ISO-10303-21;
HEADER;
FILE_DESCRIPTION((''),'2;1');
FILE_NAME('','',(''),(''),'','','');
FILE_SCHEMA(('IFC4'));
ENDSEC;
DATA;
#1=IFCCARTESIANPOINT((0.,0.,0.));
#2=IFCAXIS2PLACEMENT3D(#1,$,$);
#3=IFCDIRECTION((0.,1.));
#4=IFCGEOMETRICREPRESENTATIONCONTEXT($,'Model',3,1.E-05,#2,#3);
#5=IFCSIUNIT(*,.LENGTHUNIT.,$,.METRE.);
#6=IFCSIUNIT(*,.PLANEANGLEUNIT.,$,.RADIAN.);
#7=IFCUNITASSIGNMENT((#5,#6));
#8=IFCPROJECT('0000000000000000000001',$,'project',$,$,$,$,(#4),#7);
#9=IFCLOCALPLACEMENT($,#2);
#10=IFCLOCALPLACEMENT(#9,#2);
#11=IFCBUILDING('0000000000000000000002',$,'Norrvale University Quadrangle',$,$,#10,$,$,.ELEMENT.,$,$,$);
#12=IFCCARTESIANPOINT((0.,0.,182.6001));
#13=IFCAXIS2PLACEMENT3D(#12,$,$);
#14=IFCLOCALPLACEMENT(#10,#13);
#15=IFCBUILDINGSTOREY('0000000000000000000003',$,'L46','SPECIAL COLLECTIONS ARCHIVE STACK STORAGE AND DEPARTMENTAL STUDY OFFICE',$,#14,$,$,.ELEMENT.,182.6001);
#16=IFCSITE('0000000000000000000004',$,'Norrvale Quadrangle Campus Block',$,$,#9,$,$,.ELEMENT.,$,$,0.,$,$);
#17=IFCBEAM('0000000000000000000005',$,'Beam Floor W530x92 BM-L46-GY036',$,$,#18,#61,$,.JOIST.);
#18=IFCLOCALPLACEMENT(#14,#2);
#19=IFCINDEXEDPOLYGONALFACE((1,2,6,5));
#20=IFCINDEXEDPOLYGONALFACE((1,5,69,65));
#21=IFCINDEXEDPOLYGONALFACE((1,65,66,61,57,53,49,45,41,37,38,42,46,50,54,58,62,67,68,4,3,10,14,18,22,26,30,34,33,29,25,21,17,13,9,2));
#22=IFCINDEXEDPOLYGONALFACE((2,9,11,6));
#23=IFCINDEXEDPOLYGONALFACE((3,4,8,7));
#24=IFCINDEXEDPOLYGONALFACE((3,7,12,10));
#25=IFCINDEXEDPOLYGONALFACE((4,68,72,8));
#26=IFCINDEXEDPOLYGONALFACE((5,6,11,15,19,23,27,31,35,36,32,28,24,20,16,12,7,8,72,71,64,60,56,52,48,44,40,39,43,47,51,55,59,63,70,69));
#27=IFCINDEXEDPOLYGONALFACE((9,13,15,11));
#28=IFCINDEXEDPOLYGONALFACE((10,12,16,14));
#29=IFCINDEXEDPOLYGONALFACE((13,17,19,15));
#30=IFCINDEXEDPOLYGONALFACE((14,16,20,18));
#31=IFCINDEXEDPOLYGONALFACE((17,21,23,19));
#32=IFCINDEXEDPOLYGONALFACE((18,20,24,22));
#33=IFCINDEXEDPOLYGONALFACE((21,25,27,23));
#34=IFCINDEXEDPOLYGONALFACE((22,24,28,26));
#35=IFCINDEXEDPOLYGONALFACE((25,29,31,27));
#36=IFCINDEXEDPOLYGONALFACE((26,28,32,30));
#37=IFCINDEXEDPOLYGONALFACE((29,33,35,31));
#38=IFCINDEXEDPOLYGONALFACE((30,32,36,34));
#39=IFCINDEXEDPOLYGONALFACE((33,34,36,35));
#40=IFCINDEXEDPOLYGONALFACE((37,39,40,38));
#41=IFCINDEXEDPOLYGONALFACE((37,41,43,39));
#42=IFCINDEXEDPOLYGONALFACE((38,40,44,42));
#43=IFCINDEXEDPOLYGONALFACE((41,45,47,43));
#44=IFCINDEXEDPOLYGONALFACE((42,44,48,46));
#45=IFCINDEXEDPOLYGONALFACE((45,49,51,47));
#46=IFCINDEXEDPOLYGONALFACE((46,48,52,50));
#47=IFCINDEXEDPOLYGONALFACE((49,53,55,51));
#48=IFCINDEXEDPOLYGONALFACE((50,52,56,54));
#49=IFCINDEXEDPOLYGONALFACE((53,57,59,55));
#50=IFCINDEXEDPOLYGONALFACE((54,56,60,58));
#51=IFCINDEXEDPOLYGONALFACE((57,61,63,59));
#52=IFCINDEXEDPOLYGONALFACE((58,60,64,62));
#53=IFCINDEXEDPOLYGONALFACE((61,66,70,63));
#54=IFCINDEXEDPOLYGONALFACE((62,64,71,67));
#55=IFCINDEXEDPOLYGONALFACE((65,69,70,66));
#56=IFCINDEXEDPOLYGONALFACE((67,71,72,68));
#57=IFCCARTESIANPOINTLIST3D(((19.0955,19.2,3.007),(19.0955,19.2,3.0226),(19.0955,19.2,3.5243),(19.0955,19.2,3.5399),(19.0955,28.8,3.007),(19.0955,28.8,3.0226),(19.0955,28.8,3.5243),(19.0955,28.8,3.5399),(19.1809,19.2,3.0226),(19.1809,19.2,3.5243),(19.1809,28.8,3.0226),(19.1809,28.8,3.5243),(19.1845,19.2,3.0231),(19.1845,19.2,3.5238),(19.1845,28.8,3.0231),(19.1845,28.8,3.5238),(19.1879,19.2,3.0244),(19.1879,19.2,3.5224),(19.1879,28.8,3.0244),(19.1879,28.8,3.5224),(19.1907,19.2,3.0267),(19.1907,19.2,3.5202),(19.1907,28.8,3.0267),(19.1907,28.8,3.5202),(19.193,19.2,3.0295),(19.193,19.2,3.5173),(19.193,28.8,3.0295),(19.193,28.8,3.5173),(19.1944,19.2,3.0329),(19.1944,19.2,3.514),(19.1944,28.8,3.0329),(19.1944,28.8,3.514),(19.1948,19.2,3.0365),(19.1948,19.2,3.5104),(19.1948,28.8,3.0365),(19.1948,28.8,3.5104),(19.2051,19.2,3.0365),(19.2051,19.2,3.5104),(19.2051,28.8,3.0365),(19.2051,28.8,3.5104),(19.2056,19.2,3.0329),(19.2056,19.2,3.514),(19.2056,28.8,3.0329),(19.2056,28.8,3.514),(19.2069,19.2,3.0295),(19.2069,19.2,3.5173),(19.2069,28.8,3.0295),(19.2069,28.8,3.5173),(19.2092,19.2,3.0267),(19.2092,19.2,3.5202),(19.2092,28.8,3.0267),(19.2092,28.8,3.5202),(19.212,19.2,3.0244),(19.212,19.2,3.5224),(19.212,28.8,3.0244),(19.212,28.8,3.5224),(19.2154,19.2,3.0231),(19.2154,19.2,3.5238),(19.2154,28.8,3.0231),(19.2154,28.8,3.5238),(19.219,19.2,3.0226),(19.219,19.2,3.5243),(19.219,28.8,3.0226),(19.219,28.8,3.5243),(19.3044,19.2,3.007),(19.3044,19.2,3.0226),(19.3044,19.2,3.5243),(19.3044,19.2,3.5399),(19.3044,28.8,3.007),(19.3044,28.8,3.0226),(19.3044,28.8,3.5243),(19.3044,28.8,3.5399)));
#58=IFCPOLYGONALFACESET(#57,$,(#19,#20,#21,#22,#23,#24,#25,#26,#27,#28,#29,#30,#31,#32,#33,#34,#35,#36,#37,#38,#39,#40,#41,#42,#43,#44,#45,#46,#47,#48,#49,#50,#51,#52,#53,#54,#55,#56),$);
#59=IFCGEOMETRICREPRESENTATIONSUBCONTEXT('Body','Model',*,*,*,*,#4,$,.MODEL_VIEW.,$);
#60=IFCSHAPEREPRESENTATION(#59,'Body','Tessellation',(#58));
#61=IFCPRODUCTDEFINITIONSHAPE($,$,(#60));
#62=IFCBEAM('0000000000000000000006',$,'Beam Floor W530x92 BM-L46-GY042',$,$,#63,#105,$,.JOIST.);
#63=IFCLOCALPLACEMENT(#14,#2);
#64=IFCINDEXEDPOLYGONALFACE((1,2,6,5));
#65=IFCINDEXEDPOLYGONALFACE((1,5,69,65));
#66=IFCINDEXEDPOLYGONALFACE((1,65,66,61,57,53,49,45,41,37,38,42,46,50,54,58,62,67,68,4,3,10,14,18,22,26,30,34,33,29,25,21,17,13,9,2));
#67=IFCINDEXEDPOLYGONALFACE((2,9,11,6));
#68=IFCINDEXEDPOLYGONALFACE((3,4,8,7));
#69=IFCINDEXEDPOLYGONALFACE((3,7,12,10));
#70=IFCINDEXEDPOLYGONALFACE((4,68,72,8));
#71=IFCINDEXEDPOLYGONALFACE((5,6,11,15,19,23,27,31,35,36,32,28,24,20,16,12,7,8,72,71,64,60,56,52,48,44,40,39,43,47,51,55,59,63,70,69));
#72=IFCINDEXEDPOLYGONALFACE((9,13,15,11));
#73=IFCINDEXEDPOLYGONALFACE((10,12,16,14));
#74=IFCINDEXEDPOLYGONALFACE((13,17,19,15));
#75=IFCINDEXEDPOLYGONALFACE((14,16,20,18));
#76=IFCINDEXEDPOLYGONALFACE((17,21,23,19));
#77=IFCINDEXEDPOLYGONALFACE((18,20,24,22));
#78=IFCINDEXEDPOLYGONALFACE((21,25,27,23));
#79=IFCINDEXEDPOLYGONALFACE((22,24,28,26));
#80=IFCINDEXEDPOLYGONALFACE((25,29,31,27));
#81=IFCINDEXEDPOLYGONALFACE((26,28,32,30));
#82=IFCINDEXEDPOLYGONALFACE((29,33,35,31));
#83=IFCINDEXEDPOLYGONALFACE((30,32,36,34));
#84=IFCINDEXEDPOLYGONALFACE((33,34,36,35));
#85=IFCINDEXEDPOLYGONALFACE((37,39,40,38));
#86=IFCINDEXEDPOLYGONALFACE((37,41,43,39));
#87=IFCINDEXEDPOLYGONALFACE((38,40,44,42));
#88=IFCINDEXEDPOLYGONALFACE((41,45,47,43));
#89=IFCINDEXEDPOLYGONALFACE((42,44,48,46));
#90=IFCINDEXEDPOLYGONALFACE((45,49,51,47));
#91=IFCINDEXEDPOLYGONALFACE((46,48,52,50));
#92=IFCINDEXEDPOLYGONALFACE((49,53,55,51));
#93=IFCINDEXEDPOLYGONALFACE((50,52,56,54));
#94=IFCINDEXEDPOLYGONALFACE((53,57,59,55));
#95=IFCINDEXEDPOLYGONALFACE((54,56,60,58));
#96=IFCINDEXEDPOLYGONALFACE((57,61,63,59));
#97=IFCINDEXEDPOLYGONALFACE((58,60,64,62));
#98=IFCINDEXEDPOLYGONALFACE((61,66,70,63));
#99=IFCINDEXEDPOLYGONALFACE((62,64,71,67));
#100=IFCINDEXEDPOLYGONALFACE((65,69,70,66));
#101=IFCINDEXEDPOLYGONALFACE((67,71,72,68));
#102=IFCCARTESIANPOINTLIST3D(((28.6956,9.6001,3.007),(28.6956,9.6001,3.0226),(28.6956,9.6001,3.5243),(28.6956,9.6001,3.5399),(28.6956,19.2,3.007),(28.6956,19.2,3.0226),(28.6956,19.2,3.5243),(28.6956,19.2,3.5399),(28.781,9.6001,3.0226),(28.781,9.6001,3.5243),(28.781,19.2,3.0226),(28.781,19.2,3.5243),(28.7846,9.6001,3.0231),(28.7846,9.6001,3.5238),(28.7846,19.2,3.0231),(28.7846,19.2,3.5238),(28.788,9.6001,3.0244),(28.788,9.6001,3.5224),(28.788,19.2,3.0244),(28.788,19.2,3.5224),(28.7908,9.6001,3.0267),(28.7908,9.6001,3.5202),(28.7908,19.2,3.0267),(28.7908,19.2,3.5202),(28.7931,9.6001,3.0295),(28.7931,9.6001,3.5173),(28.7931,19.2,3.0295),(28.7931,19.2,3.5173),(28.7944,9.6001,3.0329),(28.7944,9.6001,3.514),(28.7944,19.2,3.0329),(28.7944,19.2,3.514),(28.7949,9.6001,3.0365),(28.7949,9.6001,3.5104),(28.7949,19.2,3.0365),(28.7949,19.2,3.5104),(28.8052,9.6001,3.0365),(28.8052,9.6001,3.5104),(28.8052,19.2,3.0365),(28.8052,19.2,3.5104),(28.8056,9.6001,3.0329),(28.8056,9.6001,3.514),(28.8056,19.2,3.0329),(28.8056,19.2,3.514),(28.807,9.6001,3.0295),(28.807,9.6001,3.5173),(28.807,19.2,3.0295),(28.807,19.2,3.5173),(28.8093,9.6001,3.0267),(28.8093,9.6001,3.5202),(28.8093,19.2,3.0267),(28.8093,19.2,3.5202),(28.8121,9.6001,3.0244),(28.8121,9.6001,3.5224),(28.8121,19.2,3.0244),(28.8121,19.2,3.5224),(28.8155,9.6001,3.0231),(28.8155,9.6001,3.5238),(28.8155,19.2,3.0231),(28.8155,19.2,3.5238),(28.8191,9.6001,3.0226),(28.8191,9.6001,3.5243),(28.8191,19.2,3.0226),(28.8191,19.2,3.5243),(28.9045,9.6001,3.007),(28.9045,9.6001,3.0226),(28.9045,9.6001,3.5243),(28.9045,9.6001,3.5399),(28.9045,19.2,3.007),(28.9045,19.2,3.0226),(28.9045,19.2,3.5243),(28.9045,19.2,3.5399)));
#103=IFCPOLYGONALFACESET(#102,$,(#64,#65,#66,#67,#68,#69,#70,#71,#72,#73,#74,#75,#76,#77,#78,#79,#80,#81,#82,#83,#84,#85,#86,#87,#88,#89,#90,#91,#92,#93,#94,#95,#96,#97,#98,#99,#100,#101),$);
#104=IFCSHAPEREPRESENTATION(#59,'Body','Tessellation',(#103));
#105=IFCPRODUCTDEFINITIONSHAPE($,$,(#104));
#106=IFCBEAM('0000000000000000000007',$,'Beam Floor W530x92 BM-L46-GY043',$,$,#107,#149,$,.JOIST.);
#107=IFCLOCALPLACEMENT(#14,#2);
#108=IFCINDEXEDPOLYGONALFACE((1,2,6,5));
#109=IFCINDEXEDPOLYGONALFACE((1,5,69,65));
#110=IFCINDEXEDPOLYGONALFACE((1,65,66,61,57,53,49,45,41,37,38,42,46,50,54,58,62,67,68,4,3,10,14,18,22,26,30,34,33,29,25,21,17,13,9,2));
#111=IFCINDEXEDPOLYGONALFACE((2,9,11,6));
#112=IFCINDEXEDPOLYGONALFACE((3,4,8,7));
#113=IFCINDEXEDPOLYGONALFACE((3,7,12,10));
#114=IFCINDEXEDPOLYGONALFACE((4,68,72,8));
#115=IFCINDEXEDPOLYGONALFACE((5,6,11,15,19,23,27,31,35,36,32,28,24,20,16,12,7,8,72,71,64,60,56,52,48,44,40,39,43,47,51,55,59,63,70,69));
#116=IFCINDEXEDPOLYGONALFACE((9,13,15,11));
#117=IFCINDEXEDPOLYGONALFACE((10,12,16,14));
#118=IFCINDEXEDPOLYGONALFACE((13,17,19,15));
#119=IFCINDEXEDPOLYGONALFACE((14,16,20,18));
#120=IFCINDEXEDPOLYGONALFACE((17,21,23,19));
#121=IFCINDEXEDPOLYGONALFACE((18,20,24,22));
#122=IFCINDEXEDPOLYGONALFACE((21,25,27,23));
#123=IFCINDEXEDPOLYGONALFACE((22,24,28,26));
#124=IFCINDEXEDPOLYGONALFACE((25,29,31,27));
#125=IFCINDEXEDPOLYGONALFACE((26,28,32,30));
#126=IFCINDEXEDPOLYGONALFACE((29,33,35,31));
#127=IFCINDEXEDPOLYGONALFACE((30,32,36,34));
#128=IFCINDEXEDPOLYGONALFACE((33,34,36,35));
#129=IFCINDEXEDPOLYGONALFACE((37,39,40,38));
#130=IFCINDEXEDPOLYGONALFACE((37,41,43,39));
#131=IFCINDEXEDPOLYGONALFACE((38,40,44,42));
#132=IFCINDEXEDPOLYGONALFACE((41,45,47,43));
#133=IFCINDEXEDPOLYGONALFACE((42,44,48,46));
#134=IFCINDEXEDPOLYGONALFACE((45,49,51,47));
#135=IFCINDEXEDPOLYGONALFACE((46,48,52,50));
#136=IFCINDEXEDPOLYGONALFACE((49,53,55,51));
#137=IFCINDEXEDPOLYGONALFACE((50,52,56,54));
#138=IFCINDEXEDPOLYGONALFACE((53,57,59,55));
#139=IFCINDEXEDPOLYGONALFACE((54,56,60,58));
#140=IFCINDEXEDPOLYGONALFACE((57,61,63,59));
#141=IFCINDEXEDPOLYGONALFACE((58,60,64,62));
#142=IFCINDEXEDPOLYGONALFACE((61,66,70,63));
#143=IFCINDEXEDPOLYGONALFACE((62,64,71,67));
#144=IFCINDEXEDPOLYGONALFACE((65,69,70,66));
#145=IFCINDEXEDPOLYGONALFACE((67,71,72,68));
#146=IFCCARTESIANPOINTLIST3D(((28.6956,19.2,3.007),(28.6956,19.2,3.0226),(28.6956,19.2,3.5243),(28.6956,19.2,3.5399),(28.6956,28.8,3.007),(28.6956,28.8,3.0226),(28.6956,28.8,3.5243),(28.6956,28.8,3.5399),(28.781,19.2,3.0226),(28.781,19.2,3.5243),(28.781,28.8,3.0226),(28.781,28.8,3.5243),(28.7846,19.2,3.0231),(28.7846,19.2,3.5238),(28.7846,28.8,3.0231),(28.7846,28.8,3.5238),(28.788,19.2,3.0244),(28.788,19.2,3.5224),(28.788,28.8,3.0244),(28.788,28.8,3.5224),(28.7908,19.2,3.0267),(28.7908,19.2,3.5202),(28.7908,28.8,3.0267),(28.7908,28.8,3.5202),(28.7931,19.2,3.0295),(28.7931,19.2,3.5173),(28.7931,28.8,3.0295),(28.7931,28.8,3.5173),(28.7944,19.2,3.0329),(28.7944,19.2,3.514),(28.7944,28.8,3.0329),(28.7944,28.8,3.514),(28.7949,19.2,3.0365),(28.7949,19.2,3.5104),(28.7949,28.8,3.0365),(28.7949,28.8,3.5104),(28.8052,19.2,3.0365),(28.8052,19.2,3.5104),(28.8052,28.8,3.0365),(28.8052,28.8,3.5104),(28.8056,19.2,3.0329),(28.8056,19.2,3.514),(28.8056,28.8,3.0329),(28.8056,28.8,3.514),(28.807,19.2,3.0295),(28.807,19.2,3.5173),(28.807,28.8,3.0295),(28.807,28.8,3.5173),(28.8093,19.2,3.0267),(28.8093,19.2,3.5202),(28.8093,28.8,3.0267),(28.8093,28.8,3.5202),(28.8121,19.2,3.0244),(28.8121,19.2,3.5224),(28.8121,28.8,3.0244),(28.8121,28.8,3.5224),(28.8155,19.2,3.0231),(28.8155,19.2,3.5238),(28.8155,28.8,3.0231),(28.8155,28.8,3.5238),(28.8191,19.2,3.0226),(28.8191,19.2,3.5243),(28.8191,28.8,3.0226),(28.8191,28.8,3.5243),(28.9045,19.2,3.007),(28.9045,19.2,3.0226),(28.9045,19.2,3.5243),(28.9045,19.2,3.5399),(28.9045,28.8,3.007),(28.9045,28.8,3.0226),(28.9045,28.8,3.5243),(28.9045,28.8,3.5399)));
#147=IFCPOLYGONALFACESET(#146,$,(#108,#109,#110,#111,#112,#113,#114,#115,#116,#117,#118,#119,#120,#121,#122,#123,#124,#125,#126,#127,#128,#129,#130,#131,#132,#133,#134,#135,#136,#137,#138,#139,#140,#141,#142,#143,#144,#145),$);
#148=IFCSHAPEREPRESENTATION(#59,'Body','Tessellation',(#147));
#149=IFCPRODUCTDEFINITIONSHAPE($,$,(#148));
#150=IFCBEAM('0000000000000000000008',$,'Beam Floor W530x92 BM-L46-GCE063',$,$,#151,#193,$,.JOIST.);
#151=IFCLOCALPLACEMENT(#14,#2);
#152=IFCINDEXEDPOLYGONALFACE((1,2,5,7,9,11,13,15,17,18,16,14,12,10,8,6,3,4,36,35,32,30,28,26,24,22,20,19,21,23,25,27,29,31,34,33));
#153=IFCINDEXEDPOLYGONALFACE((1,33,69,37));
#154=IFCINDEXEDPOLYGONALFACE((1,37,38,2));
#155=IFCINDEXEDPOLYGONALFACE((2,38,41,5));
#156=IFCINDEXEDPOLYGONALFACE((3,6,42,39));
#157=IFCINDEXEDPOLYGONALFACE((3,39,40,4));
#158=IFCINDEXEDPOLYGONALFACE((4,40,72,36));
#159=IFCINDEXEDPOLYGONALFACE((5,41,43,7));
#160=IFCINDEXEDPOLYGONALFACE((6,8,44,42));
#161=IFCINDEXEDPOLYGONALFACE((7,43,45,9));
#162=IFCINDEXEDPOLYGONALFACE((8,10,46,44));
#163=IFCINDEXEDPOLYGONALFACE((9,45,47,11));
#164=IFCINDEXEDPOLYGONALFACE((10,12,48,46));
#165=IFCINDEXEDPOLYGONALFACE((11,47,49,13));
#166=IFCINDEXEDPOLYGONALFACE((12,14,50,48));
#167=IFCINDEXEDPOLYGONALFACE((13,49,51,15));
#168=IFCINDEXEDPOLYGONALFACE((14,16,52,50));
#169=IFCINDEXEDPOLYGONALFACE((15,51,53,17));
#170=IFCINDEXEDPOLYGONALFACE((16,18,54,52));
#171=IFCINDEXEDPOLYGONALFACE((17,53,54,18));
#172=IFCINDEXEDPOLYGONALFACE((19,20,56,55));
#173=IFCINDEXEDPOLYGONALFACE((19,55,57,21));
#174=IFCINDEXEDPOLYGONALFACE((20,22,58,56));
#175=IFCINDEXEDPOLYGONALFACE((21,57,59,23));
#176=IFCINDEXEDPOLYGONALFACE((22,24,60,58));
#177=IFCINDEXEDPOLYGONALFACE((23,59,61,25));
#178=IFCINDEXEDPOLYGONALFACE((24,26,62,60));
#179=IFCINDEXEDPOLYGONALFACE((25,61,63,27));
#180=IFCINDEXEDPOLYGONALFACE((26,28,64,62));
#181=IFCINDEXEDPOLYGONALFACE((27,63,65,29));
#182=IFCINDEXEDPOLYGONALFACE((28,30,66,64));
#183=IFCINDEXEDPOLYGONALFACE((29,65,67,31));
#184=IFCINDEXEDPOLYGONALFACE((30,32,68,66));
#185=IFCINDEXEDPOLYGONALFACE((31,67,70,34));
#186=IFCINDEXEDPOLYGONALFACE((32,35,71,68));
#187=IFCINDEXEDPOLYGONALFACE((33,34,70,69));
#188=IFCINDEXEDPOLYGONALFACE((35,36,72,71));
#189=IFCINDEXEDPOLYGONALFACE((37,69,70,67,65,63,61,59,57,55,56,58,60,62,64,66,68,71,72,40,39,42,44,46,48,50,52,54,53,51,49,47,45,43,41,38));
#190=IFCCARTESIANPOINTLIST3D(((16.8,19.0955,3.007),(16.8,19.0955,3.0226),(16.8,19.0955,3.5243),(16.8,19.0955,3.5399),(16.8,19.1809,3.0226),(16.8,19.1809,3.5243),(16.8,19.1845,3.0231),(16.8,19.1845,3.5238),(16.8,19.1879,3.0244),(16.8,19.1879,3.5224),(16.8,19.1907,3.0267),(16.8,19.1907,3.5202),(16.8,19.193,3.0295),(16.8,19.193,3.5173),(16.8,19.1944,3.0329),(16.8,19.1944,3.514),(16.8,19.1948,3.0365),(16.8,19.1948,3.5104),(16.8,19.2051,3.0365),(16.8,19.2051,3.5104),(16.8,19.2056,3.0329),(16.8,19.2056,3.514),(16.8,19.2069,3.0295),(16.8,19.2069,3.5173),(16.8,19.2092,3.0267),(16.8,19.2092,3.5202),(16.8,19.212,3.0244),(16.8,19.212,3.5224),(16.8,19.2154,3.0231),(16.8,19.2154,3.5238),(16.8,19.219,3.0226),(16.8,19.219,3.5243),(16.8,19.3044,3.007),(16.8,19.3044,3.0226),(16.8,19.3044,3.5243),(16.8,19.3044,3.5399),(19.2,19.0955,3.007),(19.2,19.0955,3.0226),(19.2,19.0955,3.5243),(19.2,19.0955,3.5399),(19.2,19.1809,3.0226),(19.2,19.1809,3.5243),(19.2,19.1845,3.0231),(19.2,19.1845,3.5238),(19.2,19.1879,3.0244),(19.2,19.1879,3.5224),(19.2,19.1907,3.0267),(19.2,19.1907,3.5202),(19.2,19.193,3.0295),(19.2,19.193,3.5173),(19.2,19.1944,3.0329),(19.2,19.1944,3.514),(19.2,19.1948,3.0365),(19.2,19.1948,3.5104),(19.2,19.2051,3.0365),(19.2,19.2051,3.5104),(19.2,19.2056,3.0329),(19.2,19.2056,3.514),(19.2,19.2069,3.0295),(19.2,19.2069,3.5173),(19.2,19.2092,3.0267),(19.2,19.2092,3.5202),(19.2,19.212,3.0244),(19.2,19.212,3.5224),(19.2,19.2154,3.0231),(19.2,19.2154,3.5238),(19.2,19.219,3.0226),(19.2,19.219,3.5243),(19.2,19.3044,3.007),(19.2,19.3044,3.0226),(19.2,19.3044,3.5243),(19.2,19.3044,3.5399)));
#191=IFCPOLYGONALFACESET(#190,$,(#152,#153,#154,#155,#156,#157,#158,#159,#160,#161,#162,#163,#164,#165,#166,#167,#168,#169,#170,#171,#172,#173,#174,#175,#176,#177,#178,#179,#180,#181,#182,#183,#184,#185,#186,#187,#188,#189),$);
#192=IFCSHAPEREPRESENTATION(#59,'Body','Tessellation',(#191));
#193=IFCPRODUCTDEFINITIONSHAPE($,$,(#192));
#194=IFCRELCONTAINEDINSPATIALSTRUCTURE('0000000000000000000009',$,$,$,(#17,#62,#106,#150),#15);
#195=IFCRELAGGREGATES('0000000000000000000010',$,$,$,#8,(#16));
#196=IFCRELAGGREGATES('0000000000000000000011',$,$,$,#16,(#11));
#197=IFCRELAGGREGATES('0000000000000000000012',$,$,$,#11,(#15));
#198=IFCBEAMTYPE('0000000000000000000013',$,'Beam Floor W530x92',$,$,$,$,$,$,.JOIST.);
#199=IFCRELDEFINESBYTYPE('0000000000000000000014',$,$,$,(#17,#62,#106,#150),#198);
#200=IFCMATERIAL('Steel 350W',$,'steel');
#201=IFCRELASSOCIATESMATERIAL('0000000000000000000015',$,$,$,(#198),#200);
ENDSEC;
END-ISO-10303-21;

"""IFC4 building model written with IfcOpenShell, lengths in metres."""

from ifc_helpers import new_model, si_unit, direction, frame, origin, origin_2d, place, context, subcontext, project, spatial, i_section, extrude, material, material_profile, profile_set, type_object, element, save


model = new_model("IFC4")

# Units and contexts
model_context = context("Model", 3, precision=1e-05, world=origin(), true_north=direction((0.0, 1.0)))
body_context = subcontext(model_context, "Body", "Model", "MODEL_VIEW")
ifc_project = project(units=[si_unit("LENGTHUNIT", "METRE"), si_unit("PLANEANGLEUNIT", "RADIAN")], contexts=[model_context])

# Site, building, storey
site_placement = place(None, origin())
site = spatial("IfcSite", under=ifc_project, at=site_placement, Name="Norrvale Quadrangle Campus Block", CompositionType="ELEMENT", RefElevation=0.0)
building_placement = place(site_placement, origin())
building = spatial("IfcBuilding", under=site, at=building_placement, Name="Norrvale University Quadrangle", CompositionType="ELEMENT")
storey_placement = place(building_placement, frame((0.0, 0.0, 182.6001)))
storey = spatial("IfcBuildingStorey", under=building, at=storey_placement, Name="L46", Description="SPECIAL COLLECTIONS ARCHIVE STACK STORAGE AND DEPARTMENTAL STUDY OFFICE", CompositionType="ELEMENT", Elevation=182.6001)

# Beams
ifc_material_1 = material(Name="Steel 350W", Category="steel")
ifc_material_profile_1 = material_profile(ifc_material_1, i_section(OverallWidth=0.209, OverallDepth=0.533, WebThickness=0.0103, FlangeThickness=0.0156, FilletRadius=0.0139, at=origin_2d()), Name="Steel 350W")
ifc_profile_set_1 = profile_set([ifc_material_profile_1], Name="Steel 350W")
beam_type_1 = type_object("IfcBeamType", Name="Beam Floor W530x92", PredefinedType="JOIST", material=ifc_profile_set_1)
beam_1_placement = place(storey_placement, frame((19.2, 19.2, 3.2734), z_axis=(0.0, 1.0, 0.0), x_axis=(-1.0, 0.0, 0.0)))
element("IfcBeam", 1, at=beam_1_placement, inside=storey, type_object=beam_type_1, Name="Beam Floor W530x92 BM-L46-GY036", PredefinedType="JOIST", context=body_context, shape_type="SweptSolid", body=[
    extrude(i_section(OverallWidth=0.209, OverallDepth=0.533, WebThickness=0.0103, FlangeThickness=0.0156, FilletRadius=0.0139, at=origin_2d()), origin(), (0.0, 0.0, 1.0), 9.6001),
])
beam_2_placement = place(storey_placement, frame((28.8, 9.6001, 3.2734), z_axis=(0.0, 1.0, 0.0), x_axis=(-1.0, 0.0, 0.0)))
element("IfcBeam", 2, at=beam_2_placement, inside=storey, type_object=beam_type_1, Name="Beam Floor W530x92 BM-L46-GY042", PredefinedType="JOIST", context=body_context, shape_type="SweptSolid", body=[
    extrude(i_section(OverallWidth=0.209, OverallDepth=0.533, WebThickness=0.0103, FlangeThickness=0.0156, FilletRadius=0.0139, at=origin_2d()), origin(), (0.0, 0.0, 1.0), 9.5999),
])
beam_3_placement = place(storey_placement, frame((28.8, 19.2, 3.2734), z_axis=(0.0, 1.0, 0.0), x_axis=(-1.0, 0.0, 0.0)))
element("IfcBeam", 3, at=beam_3_placement, inside=storey, type_object=beam_type_1, Name="Beam Floor W530x92 BM-L46-GY043", PredefinedType="JOIST", context=body_context, shape_type="SweptSolid", body=[
    extrude(i_section(OverallWidth=0.209, OverallDepth=0.533, WebThickness=0.0103, FlangeThickness=0.0156, FilletRadius=0.0139, at=origin_2d()), origin(), (0.0, 0.0, 1.0), 9.6001),
])
beam_4_placement = place(storey_placement, frame((16.8, 19.2, 3.2734), z_axis=(1.0, 0.0, 0.0), x_axis=(0.0, 1.0, 0.0)))
element("IfcBeam", 4, at=beam_4_placement, inside=storey, type_object=beam_type_1, Name="Beam Floor W530x92 BM-L46-GCE063", PredefinedType="JOIST", context=body_context, shape_type="SweptSolid", body=[
    extrude(i_section(OverallWidth=0.209, OverallDepth=0.533, WebThickness=0.0103, FlangeThickness=0.0156, FilletRadius=0.0139, at=origin_2d()), origin(), (0.0, 0.0, 1.0), 2.3999),
])

save(model, "model.ifc")
